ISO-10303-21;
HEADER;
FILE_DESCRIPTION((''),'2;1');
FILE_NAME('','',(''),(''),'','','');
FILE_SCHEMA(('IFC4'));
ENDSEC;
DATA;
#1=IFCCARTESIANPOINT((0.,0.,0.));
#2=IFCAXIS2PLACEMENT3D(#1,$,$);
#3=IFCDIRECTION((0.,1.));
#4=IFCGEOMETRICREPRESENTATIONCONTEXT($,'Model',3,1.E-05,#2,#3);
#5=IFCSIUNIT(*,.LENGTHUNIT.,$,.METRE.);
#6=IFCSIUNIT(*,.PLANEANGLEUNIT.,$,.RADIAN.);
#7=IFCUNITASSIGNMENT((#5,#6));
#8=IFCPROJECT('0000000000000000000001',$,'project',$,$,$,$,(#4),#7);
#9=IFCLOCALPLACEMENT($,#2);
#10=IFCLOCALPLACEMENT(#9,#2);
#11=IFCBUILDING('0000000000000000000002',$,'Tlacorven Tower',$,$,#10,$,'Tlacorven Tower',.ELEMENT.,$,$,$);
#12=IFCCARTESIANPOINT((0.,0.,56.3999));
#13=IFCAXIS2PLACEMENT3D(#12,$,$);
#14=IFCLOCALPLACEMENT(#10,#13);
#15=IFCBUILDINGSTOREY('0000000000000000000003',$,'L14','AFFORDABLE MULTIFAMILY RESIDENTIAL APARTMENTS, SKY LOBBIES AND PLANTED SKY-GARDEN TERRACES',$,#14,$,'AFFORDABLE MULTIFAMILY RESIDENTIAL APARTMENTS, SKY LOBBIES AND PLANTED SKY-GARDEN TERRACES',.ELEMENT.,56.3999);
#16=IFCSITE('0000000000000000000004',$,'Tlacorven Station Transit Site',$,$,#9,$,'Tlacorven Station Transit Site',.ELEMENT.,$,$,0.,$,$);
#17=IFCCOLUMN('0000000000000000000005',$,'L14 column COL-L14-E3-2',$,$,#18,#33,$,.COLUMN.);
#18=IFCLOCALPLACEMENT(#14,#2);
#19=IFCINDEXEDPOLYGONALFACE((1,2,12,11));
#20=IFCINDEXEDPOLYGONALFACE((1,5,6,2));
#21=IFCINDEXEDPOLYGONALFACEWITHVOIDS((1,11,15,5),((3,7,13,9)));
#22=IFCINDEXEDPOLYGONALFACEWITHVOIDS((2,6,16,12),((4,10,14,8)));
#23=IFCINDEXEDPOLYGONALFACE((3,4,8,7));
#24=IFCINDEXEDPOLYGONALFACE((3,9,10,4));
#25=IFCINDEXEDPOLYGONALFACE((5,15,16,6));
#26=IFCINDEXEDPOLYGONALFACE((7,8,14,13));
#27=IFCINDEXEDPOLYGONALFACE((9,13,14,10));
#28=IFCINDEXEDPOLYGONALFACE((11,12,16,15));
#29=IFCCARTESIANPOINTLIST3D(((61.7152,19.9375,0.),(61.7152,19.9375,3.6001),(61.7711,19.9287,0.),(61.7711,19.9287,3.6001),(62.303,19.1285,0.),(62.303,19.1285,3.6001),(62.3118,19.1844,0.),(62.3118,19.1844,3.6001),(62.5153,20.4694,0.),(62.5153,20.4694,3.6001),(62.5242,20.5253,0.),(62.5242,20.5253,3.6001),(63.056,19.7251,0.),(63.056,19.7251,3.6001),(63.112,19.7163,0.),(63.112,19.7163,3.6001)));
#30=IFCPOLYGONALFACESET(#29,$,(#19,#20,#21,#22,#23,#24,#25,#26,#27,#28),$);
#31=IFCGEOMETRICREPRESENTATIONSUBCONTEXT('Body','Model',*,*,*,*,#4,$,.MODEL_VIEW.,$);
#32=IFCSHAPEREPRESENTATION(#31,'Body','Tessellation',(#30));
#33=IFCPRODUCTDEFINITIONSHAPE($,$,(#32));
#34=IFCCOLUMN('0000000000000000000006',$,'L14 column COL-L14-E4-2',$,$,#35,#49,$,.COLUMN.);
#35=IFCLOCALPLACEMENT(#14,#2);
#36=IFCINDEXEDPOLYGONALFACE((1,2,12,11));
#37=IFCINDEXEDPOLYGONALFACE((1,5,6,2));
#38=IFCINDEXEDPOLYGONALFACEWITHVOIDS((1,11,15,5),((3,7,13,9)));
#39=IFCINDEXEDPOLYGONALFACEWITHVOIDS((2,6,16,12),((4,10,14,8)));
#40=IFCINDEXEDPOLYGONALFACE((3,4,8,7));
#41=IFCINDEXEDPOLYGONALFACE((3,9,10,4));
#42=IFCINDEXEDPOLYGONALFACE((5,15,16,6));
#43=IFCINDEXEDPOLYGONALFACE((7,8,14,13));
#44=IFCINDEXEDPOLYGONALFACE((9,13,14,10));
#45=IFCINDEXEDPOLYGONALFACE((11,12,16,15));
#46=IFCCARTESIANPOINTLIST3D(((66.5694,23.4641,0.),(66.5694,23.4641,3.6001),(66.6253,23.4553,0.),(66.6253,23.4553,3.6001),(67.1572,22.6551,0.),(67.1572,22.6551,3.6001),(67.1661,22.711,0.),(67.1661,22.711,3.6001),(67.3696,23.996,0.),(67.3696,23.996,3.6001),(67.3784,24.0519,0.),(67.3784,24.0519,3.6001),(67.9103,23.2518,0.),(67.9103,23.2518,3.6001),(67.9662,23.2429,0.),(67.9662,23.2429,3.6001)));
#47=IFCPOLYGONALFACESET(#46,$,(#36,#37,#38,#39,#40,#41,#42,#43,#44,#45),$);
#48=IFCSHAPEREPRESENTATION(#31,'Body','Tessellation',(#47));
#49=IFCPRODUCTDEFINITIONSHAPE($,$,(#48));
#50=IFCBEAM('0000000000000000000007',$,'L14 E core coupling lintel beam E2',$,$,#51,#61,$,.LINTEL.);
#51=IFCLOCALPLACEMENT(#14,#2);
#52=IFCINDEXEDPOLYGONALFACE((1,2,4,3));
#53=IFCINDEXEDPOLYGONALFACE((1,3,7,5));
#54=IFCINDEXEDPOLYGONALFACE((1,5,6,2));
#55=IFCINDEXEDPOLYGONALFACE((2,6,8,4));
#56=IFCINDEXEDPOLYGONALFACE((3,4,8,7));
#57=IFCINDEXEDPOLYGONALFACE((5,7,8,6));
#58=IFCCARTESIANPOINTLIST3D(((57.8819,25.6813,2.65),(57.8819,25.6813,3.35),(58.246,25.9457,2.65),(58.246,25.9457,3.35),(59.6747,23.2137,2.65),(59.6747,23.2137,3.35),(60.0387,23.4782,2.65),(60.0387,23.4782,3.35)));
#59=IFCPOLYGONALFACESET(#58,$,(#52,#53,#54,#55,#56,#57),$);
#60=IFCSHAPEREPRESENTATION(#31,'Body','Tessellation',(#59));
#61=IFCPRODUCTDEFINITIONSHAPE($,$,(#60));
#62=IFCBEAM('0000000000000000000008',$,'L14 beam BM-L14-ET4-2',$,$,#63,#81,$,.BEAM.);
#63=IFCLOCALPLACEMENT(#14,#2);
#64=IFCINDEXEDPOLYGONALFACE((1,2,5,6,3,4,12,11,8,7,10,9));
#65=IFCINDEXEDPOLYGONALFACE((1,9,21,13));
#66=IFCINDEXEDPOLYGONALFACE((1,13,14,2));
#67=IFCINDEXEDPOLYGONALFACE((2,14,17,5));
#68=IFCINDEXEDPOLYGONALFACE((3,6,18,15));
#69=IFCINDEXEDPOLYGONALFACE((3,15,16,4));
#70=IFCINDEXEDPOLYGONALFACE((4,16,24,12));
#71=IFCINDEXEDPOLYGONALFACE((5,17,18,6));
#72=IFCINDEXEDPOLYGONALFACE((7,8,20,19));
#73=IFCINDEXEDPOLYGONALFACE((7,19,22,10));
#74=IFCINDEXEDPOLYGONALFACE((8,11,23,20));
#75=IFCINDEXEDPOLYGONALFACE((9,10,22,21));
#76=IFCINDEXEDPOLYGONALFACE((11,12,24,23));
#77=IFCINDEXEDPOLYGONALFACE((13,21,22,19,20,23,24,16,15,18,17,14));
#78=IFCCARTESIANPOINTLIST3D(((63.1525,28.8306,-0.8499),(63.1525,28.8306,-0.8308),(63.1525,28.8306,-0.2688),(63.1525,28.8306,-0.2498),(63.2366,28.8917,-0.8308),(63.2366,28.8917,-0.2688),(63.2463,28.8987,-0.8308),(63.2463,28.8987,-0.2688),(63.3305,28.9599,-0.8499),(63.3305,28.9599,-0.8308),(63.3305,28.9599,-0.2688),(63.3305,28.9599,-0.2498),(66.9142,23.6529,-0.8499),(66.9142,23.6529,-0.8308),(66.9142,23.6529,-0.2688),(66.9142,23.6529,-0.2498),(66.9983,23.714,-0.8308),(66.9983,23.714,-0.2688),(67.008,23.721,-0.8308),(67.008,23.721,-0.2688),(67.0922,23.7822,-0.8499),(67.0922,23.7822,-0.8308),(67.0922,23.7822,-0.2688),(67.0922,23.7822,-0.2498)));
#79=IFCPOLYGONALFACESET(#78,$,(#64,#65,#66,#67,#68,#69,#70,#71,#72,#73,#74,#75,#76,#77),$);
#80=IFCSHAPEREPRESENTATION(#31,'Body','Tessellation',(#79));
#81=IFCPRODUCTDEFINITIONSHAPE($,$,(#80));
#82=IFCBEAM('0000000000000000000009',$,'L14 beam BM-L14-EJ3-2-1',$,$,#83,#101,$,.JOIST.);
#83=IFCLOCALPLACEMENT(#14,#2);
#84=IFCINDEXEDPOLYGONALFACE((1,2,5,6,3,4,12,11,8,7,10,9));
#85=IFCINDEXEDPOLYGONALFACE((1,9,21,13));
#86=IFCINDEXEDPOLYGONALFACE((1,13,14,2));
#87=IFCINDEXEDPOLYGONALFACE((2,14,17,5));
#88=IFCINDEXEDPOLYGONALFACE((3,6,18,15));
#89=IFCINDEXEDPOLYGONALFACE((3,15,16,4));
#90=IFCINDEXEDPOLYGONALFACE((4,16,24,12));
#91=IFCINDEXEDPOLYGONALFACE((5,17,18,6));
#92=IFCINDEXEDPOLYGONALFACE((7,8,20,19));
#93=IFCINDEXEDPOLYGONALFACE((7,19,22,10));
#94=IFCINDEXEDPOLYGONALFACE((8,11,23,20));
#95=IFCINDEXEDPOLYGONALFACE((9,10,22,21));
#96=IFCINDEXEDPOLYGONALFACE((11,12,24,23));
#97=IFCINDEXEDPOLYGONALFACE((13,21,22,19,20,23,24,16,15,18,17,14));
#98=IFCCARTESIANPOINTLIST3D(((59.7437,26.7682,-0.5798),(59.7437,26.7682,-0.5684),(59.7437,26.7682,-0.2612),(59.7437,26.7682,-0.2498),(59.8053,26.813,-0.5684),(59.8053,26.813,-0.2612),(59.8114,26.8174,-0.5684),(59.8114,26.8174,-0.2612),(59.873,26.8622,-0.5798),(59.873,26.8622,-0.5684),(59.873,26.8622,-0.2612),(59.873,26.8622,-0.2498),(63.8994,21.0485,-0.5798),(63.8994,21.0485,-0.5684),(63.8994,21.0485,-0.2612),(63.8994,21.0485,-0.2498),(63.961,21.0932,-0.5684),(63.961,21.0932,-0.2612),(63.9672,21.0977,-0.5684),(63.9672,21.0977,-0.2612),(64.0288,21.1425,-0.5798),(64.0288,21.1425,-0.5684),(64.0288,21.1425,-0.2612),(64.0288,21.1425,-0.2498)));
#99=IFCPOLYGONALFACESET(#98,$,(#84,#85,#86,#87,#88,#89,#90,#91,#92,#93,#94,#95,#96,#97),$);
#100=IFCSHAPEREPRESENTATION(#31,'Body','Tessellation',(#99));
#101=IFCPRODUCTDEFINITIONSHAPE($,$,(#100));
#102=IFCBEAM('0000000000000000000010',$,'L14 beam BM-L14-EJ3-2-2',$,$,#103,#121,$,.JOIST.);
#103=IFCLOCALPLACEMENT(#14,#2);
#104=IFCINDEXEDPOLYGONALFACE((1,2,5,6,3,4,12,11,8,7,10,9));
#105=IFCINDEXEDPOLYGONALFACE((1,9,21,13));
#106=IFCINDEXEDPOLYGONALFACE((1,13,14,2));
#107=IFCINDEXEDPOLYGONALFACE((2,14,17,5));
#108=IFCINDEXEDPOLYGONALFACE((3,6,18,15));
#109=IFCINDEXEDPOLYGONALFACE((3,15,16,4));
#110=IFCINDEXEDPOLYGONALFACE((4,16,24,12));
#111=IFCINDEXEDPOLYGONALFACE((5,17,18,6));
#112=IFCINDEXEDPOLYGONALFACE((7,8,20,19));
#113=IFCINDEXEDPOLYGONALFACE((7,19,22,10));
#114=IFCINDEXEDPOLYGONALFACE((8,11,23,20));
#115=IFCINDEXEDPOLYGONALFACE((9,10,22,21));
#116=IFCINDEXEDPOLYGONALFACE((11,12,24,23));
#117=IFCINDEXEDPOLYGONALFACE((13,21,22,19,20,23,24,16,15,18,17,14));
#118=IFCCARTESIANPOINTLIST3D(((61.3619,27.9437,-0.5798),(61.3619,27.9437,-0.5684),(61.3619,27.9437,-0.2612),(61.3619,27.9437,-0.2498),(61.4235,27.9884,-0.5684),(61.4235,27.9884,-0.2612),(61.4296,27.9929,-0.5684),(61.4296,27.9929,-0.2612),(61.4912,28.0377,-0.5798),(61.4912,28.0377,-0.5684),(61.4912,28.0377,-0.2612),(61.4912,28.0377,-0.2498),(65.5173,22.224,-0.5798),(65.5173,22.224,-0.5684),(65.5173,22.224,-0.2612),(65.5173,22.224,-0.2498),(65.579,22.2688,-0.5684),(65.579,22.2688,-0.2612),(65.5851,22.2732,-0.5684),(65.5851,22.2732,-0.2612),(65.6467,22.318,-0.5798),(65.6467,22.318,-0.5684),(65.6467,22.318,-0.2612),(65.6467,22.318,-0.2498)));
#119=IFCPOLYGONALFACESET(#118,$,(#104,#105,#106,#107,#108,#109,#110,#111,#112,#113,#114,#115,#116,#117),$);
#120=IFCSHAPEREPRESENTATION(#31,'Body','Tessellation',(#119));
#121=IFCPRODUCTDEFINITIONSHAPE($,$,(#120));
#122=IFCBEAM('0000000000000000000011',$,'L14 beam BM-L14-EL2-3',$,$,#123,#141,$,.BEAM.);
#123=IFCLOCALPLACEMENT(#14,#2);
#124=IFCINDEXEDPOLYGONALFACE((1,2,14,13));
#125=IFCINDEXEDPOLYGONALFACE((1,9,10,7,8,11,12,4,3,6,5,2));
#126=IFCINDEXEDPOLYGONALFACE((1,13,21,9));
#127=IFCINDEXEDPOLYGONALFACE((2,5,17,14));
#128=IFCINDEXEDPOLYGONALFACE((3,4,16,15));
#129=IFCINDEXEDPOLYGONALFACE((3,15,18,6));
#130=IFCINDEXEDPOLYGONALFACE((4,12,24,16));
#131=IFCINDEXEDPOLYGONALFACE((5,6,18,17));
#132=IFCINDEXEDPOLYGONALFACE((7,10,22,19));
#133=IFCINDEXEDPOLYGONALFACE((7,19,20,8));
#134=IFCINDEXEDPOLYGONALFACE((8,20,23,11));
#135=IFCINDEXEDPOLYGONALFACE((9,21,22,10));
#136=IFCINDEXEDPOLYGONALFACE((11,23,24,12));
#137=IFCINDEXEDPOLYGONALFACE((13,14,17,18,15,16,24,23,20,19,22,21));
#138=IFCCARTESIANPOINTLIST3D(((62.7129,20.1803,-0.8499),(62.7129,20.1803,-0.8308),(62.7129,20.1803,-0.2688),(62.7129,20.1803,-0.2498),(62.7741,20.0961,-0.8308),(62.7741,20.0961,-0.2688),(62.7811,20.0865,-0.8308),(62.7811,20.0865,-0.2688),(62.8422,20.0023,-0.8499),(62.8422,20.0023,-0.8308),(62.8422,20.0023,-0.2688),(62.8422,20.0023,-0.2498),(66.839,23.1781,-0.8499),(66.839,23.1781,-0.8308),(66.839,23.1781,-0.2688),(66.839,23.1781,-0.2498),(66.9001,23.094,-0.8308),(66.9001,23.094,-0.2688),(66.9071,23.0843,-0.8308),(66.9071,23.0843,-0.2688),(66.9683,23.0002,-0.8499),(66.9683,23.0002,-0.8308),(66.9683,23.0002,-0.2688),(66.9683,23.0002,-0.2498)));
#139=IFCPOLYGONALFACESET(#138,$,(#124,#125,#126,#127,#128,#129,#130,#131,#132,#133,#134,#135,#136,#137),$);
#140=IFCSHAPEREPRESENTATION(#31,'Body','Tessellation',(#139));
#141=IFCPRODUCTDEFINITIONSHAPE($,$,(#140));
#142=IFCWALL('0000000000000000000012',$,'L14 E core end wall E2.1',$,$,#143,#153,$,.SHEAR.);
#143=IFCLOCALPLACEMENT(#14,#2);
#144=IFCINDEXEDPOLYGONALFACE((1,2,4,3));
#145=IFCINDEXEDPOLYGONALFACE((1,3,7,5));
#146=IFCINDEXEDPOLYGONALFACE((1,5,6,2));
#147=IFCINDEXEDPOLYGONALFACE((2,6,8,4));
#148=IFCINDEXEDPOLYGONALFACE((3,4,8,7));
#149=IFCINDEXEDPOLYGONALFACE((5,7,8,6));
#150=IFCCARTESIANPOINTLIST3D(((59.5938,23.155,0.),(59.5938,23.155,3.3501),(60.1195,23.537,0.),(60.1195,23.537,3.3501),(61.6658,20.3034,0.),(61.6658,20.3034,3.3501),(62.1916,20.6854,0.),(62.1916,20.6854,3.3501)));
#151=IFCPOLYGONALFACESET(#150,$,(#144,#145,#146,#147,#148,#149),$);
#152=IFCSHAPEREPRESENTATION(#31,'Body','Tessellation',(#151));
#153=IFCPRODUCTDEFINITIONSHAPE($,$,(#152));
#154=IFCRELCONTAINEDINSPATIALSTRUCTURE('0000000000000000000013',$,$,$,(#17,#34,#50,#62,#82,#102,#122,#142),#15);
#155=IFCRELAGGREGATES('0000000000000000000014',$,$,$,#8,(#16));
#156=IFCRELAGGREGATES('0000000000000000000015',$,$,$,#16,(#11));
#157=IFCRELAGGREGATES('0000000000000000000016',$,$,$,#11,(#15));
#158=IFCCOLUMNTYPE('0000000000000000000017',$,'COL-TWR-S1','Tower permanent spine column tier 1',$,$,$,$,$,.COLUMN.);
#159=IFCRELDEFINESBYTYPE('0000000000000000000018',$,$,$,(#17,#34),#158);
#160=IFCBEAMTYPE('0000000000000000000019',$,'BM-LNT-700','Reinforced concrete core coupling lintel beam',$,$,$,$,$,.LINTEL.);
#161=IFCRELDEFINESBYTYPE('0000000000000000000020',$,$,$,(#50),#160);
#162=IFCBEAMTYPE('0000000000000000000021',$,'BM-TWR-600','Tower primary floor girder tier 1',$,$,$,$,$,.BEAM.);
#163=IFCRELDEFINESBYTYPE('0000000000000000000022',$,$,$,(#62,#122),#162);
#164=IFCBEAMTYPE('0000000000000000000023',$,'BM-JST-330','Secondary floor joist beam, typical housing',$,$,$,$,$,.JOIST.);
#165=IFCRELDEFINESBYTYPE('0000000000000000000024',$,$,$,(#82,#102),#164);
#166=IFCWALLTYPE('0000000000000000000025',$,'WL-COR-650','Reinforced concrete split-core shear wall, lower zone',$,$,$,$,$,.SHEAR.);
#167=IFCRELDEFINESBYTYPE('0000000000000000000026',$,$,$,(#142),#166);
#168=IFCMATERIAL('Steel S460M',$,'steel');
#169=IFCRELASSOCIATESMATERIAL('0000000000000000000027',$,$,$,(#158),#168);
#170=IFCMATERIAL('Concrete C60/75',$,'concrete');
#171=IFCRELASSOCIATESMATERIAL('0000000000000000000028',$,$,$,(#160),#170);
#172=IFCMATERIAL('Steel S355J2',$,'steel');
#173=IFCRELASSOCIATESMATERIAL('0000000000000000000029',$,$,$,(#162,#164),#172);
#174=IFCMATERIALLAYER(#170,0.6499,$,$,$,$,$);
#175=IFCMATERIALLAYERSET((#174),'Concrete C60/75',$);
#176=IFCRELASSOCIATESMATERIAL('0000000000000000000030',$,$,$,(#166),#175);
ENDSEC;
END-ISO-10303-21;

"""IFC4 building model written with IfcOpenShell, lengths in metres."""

from ifc_helpers import new_model, si_unit, direction, frame, frame_2d, origin, origin_2d, place, context, subcontext, project, spatial, rectangle, hollow_rectangle, i_section, extrude, source, transform, mapped, material, layer, layer_set, material_profile, profile_set, type_object, element, save


model = new_model("IFC4")

# Units and contexts
model_context = context("Model", 3, precision=1e-05, world=origin(), true_north=direction((0.0, 1.0)))
body_context = subcontext(model_context, "Body", "Model", "MODEL_VIEW")
ifc_project = project(units=[si_unit("LENGTHUNIT", "METRE"), si_unit("PLANEANGLEUNIT", "RADIAN")], contexts=[model_context])

# Site, building, storey
site_placement = place(None, origin())
site = spatial("IfcSite", under=ifc_project, at=site_placement, Name="Tlacorven Station Transit Site", LongName="Tlacorven Station Transit Site", CompositionType="ELEMENT", RefElevation=0.0)
building_placement = place(site_placement, origin())
building = spatial("IfcBuilding", under=site, at=building_placement, Name="Tlacorven Tower", LongName="Tlacorven Tower", CompositionType="ELEMENT")
storey_placement = place(building_placement, frame((0.0, 0.0, 56.3999)))
storey = spatial("IfcBuildingStorey", under=building, at=storey_placement, Name="L14", Description="AFFORDABLE MULTIFAMILY RESIDENTIAL APARTMENTS, SKY LOBBIES AND PLANTED SKY-GARDEN TERRACES", LongName="AFFORDABLE MULTIFAMILY RESIDENTIAL APARTMENTS, SKY LOBBIES AND PLANTED SKY-GARDEN TERRACES", CompositionType="ELEMENT", Elevation=56.3999)

# Columns
ifc_material_1 = material(Name="Steel S460M", Category="steel")
ifc_material_profile_1 = material_profile(ifc_material_1, hollow_rectangle(XDim=1.0, YDim=1.0, WallThickness=0.04, at=origin_2d()), Name="BOX 1000X1000X40")
ifc_profile_set_1 = profile_set([ifc_material_profile_1], Name="Steel S460M")
column_type = type_object("IfcColumnType", Name="COL-TWR-S1", Description="Tower permanent spine column tier 1", PredefinedType="COLUMN", material=ifc_profile_set_1)
shared_shape_1 = source(origin(), body_context, "Body", "SweptSolid", [
    extrude(hollow_rectangle(XDim=1.0, YDim=1.0, WallThickness=0.04, at=origin_2d()), origin(), (0.0, 0.0, 1.0), 3.6001),
])
for number, where, z_axis, x_axis, name in (
    (1, (62.4136, 19.8269, 0.0), (0.0, 0.0, 1.0), (0.809017, 0.587785, 0.0), "L14 column COL-L14-E3-2"),
    (2, (67.2678, 23.3535, 0.0), (0.0, 0.0, 1.0), (0.809017, 0.587785, 0.0), "L14 column COL-L14-E4-2"),
):
    element("IfcColumn", number, at=place(storey_placement, frame(where, z_axis=z_axis, x_axis=x_axis)), inside=storey, type_object=column_type, Name=name, PredefinedType="COLUMN", context=body_context, shape_type="MappedRepresentation", body=[
        mapped(shared_shape_1, transform((0.0, 0.0, 0.0), scale=1.0)),
    ])

# Beams
ifc_material_2 = material(Name="Concrete C60/75", Category="concrete")
ifc_material_profile_2 = material_profile(ifc_material_2, rectangle(XDim=0.45, YDim=0.7, at=origin_2d()), Name="RC 450X700")
ifc_profile_set_2 = profile_set([ifc_material_profile_2], Name="Concrete C60/75")
beam_type_1 = type_object("IfcBeamType", Name="BM-LNT-700", Description="Reinforced concrete core coupling lintel beam", PredefinedType="LINTEL", material=ifc_profile_set_2)
shared_shape_2 = source(origin(), body_context, "Body", "SweptSolid", [
    extrude(rectangle(XDim=0.45, YDim=0.7, at=origin_2d()), origin(), (0.0, 0.0, 1.0), 3.05),
])
beam_1_placement = place(storey_placement, frame((59.8567, 23.3459, 3.0), z_axis=(-0.587777, 0.809023, 0.0), x_axis=(-0.809023, -0.587777, 0.0)))
element("IfcBeam", 3, at=beam_1_placement, inside=storey, type_object=beam_type_1, Name="L14 E core coupling lintel beam E2", PredefinedType="LINTEL", context=body_context, shape_type="MappedRepresentation", body=[
    mapped(shared_shape_2, transform((0.0, 0.0, 0.0), scale=1.0)),
])
ifc_material_3 = material(Name="Steel S355J2", Category="steel")
ifc_material_profile_3 = material_profile(ifc_material_3, i_section(OverallWidth=0.22, OverallDepth=0.6001, WebThickness=0.012, FlangeThickness=0.019, at=origin_2d()), Name="IPE 600")
ifc_profile_set_3 = profile_set([ifc_material_profile_3], Name="Steel S355J2")
beam_type_2 = type_object("IfcBeamType", Name="BM-TWR-600", Description="Tower primary floor girder tier 1", PredefinedType="BEAM", material=ifc_profile_set_3)
shared_shape_3 = source(origin(), body_context, "Body", "SweptSolid", [
    extrude(i_section(OverallWidth=0.22, OverallDepth=0.6001, WebThickness=0.012, FlangeThickness=0.019, at=origin_2d()), origin(), (0.0, 0.0, 1.0), 6.3999),
])
beam_2_placement = place(storey_placement, frame((67.0032, 23.7175, -0.5498), z_axis=(-0.587772, 0.809026, 0.0), x_axis=(-0.809026, -0.587772, 0.0)))
element("IfcBeam", 4, at=beam_2_placement, inside=storey, type_object=beam_type_2, Name="L14 beam BM-L14-ET4-2", PredefinedType="BEAM", context=body_context, shape_type="MappedRepresentation", body=[
    mapped(shared_shape_3, transform((0.0, 0.0, 0.0), scale=1.0)),
])
ifc_material_profile_4 = material_profile(ifc_material_3, i_section(OverallWidth=0.1599, OverallDepth=0.3301, WebThickness=0.0076, FlangeThickness=0.0115, at=origin_2d()), Name="IPE 330")
ifc_profile_set_4 = profile_set([ifc_material_profile_4], Name="Steel S355J2")
beam_type_3 = type_object("IfcBeamType", Name="BM-JST-330", Description="Secondary floor joist beam, typical housing", PredefinedType="JOIST", material=ifc_profile_set_4)
shared_shape_4 = source(origin(), body_context, "Body", "SweptSolid", [
    extrude(i_section(OverallWidth=0.1599, OverallDepth=0.3301, WebThickness=0.0076, FlangeThickness=0.0115, at=origin_2d()), origin(), (0.0, 0.0, 1.0), 7.0701),
])
beam_3_placement = place(storey_placement, frame((63.9641, 21.0955, -0.4148), z_axis=(-0.587798, 0.809008, 0.0), x_axis=(-0.809008, -0.587798, 0.0)))
element("IfcBeam", 5, at=beam_3_placement, inside=storey, type_object=beam_type_3, Name="L14 beam BM-L14-EJ3-2-1", PredefinedType="JOIST", context=body_context, shape_type="MappedRepresentation", body=[
    mapped(shared_shape_4, transform((0.0, 0.0, 0.0), scale=1.0)),
])
shared_shape_5 = source(origin(), body_context, "Body", "SweptSolid", [
    extrude(i_section(OverallWidth=0.1599, OverallDepth=0.3301, WebThickness=0.0076, FlangeThickness=0.0115, at=origin_2d()), origin(), (0.0, 0.0, 1.0), 7.0698),
])
beam_4_placement = place(storey_placement, frame((65.582, 22.271, -0.4148), z_axis=(-0.587775, 0.809024, 0.0), x_axis=(-0.809024, -0.587775, 0.0)))
element("IfcBeam", 6, at=beam_4_placement, inside=storey, type_object=beam_type_3, Name="L14 beam BM-L14-EJ3-2-2", PredefinedType="JOIST", context=body_context, shape_type="MappedRepresentation", body=[
    mapped(shared_shape_5, transform((0.0, 0.0, 0.0), scale=1.0)),
])
shared_shape_6 = source(origin(), body_context, "Body", "SweptSolid", [
    extrude(i_section(OverallWidth=0.22, OverallDepth=0.6001, WebThickness=0.012, FlangeThickness=0.019, at=origin_2d()), origin(), (0.0, 0.0, 1.0), 5.1001),
])
beam_5_placement = place(storey_placement, frame((62.7776, 20.0913, -0.5498), z_axis=(0.809007, 0.587799, 0.0), x_axis=(-0.587799, 0.809007, 0.0)))
element("IfcBeam", 7, at=beam_5_placement, inside=storey, type_object=beam_type_2, Name="L14 beam BM-L14-EL2-3", PredefinedType="BEAM", context=body_context, shape_type="MappedRepresentation", body=[
    mapped(shared_shape_6, transform((0.0, 0.0, 0.0), scale=1.0)),
])

# Wall
ifc_layer_1 = layer(ifc_material_2, 0.6499)
ifc_layer_set_1 = layer_set([ifc_layer_1], Name="Concrete C60/75")
wall_type_1 = type_object("IfcWallType", Name="WL-COR-650", Description="Reinforced concrete split-core shear wall, lower zone", PredefinedType="SHEAR", material=ifc_layer_set_1)
wall_1_placement = place(storey_placement, frame((61.9287, 20.4944, 0.0), z_axis=(0.0, 0.0, 1.0), x_axis=(-0.58783, 0.808985, 0.0)))
element("IfcWall", 8, at=wall_1_placement, inside=storey, type_object=wall_type_1, Name="L14 E core end wall E2.1", PredefinedType="SHEAR", context=body_context, shape_type="SweptSolid", body=[
    extrude(rectangle(XDim=3.5249, YDim=0.6499, at=frame_2d((1.7625, 0.0))), origin(), (0.0, 0.0, 1.0), 3.3501),
])

save(model, "model.ifc")
